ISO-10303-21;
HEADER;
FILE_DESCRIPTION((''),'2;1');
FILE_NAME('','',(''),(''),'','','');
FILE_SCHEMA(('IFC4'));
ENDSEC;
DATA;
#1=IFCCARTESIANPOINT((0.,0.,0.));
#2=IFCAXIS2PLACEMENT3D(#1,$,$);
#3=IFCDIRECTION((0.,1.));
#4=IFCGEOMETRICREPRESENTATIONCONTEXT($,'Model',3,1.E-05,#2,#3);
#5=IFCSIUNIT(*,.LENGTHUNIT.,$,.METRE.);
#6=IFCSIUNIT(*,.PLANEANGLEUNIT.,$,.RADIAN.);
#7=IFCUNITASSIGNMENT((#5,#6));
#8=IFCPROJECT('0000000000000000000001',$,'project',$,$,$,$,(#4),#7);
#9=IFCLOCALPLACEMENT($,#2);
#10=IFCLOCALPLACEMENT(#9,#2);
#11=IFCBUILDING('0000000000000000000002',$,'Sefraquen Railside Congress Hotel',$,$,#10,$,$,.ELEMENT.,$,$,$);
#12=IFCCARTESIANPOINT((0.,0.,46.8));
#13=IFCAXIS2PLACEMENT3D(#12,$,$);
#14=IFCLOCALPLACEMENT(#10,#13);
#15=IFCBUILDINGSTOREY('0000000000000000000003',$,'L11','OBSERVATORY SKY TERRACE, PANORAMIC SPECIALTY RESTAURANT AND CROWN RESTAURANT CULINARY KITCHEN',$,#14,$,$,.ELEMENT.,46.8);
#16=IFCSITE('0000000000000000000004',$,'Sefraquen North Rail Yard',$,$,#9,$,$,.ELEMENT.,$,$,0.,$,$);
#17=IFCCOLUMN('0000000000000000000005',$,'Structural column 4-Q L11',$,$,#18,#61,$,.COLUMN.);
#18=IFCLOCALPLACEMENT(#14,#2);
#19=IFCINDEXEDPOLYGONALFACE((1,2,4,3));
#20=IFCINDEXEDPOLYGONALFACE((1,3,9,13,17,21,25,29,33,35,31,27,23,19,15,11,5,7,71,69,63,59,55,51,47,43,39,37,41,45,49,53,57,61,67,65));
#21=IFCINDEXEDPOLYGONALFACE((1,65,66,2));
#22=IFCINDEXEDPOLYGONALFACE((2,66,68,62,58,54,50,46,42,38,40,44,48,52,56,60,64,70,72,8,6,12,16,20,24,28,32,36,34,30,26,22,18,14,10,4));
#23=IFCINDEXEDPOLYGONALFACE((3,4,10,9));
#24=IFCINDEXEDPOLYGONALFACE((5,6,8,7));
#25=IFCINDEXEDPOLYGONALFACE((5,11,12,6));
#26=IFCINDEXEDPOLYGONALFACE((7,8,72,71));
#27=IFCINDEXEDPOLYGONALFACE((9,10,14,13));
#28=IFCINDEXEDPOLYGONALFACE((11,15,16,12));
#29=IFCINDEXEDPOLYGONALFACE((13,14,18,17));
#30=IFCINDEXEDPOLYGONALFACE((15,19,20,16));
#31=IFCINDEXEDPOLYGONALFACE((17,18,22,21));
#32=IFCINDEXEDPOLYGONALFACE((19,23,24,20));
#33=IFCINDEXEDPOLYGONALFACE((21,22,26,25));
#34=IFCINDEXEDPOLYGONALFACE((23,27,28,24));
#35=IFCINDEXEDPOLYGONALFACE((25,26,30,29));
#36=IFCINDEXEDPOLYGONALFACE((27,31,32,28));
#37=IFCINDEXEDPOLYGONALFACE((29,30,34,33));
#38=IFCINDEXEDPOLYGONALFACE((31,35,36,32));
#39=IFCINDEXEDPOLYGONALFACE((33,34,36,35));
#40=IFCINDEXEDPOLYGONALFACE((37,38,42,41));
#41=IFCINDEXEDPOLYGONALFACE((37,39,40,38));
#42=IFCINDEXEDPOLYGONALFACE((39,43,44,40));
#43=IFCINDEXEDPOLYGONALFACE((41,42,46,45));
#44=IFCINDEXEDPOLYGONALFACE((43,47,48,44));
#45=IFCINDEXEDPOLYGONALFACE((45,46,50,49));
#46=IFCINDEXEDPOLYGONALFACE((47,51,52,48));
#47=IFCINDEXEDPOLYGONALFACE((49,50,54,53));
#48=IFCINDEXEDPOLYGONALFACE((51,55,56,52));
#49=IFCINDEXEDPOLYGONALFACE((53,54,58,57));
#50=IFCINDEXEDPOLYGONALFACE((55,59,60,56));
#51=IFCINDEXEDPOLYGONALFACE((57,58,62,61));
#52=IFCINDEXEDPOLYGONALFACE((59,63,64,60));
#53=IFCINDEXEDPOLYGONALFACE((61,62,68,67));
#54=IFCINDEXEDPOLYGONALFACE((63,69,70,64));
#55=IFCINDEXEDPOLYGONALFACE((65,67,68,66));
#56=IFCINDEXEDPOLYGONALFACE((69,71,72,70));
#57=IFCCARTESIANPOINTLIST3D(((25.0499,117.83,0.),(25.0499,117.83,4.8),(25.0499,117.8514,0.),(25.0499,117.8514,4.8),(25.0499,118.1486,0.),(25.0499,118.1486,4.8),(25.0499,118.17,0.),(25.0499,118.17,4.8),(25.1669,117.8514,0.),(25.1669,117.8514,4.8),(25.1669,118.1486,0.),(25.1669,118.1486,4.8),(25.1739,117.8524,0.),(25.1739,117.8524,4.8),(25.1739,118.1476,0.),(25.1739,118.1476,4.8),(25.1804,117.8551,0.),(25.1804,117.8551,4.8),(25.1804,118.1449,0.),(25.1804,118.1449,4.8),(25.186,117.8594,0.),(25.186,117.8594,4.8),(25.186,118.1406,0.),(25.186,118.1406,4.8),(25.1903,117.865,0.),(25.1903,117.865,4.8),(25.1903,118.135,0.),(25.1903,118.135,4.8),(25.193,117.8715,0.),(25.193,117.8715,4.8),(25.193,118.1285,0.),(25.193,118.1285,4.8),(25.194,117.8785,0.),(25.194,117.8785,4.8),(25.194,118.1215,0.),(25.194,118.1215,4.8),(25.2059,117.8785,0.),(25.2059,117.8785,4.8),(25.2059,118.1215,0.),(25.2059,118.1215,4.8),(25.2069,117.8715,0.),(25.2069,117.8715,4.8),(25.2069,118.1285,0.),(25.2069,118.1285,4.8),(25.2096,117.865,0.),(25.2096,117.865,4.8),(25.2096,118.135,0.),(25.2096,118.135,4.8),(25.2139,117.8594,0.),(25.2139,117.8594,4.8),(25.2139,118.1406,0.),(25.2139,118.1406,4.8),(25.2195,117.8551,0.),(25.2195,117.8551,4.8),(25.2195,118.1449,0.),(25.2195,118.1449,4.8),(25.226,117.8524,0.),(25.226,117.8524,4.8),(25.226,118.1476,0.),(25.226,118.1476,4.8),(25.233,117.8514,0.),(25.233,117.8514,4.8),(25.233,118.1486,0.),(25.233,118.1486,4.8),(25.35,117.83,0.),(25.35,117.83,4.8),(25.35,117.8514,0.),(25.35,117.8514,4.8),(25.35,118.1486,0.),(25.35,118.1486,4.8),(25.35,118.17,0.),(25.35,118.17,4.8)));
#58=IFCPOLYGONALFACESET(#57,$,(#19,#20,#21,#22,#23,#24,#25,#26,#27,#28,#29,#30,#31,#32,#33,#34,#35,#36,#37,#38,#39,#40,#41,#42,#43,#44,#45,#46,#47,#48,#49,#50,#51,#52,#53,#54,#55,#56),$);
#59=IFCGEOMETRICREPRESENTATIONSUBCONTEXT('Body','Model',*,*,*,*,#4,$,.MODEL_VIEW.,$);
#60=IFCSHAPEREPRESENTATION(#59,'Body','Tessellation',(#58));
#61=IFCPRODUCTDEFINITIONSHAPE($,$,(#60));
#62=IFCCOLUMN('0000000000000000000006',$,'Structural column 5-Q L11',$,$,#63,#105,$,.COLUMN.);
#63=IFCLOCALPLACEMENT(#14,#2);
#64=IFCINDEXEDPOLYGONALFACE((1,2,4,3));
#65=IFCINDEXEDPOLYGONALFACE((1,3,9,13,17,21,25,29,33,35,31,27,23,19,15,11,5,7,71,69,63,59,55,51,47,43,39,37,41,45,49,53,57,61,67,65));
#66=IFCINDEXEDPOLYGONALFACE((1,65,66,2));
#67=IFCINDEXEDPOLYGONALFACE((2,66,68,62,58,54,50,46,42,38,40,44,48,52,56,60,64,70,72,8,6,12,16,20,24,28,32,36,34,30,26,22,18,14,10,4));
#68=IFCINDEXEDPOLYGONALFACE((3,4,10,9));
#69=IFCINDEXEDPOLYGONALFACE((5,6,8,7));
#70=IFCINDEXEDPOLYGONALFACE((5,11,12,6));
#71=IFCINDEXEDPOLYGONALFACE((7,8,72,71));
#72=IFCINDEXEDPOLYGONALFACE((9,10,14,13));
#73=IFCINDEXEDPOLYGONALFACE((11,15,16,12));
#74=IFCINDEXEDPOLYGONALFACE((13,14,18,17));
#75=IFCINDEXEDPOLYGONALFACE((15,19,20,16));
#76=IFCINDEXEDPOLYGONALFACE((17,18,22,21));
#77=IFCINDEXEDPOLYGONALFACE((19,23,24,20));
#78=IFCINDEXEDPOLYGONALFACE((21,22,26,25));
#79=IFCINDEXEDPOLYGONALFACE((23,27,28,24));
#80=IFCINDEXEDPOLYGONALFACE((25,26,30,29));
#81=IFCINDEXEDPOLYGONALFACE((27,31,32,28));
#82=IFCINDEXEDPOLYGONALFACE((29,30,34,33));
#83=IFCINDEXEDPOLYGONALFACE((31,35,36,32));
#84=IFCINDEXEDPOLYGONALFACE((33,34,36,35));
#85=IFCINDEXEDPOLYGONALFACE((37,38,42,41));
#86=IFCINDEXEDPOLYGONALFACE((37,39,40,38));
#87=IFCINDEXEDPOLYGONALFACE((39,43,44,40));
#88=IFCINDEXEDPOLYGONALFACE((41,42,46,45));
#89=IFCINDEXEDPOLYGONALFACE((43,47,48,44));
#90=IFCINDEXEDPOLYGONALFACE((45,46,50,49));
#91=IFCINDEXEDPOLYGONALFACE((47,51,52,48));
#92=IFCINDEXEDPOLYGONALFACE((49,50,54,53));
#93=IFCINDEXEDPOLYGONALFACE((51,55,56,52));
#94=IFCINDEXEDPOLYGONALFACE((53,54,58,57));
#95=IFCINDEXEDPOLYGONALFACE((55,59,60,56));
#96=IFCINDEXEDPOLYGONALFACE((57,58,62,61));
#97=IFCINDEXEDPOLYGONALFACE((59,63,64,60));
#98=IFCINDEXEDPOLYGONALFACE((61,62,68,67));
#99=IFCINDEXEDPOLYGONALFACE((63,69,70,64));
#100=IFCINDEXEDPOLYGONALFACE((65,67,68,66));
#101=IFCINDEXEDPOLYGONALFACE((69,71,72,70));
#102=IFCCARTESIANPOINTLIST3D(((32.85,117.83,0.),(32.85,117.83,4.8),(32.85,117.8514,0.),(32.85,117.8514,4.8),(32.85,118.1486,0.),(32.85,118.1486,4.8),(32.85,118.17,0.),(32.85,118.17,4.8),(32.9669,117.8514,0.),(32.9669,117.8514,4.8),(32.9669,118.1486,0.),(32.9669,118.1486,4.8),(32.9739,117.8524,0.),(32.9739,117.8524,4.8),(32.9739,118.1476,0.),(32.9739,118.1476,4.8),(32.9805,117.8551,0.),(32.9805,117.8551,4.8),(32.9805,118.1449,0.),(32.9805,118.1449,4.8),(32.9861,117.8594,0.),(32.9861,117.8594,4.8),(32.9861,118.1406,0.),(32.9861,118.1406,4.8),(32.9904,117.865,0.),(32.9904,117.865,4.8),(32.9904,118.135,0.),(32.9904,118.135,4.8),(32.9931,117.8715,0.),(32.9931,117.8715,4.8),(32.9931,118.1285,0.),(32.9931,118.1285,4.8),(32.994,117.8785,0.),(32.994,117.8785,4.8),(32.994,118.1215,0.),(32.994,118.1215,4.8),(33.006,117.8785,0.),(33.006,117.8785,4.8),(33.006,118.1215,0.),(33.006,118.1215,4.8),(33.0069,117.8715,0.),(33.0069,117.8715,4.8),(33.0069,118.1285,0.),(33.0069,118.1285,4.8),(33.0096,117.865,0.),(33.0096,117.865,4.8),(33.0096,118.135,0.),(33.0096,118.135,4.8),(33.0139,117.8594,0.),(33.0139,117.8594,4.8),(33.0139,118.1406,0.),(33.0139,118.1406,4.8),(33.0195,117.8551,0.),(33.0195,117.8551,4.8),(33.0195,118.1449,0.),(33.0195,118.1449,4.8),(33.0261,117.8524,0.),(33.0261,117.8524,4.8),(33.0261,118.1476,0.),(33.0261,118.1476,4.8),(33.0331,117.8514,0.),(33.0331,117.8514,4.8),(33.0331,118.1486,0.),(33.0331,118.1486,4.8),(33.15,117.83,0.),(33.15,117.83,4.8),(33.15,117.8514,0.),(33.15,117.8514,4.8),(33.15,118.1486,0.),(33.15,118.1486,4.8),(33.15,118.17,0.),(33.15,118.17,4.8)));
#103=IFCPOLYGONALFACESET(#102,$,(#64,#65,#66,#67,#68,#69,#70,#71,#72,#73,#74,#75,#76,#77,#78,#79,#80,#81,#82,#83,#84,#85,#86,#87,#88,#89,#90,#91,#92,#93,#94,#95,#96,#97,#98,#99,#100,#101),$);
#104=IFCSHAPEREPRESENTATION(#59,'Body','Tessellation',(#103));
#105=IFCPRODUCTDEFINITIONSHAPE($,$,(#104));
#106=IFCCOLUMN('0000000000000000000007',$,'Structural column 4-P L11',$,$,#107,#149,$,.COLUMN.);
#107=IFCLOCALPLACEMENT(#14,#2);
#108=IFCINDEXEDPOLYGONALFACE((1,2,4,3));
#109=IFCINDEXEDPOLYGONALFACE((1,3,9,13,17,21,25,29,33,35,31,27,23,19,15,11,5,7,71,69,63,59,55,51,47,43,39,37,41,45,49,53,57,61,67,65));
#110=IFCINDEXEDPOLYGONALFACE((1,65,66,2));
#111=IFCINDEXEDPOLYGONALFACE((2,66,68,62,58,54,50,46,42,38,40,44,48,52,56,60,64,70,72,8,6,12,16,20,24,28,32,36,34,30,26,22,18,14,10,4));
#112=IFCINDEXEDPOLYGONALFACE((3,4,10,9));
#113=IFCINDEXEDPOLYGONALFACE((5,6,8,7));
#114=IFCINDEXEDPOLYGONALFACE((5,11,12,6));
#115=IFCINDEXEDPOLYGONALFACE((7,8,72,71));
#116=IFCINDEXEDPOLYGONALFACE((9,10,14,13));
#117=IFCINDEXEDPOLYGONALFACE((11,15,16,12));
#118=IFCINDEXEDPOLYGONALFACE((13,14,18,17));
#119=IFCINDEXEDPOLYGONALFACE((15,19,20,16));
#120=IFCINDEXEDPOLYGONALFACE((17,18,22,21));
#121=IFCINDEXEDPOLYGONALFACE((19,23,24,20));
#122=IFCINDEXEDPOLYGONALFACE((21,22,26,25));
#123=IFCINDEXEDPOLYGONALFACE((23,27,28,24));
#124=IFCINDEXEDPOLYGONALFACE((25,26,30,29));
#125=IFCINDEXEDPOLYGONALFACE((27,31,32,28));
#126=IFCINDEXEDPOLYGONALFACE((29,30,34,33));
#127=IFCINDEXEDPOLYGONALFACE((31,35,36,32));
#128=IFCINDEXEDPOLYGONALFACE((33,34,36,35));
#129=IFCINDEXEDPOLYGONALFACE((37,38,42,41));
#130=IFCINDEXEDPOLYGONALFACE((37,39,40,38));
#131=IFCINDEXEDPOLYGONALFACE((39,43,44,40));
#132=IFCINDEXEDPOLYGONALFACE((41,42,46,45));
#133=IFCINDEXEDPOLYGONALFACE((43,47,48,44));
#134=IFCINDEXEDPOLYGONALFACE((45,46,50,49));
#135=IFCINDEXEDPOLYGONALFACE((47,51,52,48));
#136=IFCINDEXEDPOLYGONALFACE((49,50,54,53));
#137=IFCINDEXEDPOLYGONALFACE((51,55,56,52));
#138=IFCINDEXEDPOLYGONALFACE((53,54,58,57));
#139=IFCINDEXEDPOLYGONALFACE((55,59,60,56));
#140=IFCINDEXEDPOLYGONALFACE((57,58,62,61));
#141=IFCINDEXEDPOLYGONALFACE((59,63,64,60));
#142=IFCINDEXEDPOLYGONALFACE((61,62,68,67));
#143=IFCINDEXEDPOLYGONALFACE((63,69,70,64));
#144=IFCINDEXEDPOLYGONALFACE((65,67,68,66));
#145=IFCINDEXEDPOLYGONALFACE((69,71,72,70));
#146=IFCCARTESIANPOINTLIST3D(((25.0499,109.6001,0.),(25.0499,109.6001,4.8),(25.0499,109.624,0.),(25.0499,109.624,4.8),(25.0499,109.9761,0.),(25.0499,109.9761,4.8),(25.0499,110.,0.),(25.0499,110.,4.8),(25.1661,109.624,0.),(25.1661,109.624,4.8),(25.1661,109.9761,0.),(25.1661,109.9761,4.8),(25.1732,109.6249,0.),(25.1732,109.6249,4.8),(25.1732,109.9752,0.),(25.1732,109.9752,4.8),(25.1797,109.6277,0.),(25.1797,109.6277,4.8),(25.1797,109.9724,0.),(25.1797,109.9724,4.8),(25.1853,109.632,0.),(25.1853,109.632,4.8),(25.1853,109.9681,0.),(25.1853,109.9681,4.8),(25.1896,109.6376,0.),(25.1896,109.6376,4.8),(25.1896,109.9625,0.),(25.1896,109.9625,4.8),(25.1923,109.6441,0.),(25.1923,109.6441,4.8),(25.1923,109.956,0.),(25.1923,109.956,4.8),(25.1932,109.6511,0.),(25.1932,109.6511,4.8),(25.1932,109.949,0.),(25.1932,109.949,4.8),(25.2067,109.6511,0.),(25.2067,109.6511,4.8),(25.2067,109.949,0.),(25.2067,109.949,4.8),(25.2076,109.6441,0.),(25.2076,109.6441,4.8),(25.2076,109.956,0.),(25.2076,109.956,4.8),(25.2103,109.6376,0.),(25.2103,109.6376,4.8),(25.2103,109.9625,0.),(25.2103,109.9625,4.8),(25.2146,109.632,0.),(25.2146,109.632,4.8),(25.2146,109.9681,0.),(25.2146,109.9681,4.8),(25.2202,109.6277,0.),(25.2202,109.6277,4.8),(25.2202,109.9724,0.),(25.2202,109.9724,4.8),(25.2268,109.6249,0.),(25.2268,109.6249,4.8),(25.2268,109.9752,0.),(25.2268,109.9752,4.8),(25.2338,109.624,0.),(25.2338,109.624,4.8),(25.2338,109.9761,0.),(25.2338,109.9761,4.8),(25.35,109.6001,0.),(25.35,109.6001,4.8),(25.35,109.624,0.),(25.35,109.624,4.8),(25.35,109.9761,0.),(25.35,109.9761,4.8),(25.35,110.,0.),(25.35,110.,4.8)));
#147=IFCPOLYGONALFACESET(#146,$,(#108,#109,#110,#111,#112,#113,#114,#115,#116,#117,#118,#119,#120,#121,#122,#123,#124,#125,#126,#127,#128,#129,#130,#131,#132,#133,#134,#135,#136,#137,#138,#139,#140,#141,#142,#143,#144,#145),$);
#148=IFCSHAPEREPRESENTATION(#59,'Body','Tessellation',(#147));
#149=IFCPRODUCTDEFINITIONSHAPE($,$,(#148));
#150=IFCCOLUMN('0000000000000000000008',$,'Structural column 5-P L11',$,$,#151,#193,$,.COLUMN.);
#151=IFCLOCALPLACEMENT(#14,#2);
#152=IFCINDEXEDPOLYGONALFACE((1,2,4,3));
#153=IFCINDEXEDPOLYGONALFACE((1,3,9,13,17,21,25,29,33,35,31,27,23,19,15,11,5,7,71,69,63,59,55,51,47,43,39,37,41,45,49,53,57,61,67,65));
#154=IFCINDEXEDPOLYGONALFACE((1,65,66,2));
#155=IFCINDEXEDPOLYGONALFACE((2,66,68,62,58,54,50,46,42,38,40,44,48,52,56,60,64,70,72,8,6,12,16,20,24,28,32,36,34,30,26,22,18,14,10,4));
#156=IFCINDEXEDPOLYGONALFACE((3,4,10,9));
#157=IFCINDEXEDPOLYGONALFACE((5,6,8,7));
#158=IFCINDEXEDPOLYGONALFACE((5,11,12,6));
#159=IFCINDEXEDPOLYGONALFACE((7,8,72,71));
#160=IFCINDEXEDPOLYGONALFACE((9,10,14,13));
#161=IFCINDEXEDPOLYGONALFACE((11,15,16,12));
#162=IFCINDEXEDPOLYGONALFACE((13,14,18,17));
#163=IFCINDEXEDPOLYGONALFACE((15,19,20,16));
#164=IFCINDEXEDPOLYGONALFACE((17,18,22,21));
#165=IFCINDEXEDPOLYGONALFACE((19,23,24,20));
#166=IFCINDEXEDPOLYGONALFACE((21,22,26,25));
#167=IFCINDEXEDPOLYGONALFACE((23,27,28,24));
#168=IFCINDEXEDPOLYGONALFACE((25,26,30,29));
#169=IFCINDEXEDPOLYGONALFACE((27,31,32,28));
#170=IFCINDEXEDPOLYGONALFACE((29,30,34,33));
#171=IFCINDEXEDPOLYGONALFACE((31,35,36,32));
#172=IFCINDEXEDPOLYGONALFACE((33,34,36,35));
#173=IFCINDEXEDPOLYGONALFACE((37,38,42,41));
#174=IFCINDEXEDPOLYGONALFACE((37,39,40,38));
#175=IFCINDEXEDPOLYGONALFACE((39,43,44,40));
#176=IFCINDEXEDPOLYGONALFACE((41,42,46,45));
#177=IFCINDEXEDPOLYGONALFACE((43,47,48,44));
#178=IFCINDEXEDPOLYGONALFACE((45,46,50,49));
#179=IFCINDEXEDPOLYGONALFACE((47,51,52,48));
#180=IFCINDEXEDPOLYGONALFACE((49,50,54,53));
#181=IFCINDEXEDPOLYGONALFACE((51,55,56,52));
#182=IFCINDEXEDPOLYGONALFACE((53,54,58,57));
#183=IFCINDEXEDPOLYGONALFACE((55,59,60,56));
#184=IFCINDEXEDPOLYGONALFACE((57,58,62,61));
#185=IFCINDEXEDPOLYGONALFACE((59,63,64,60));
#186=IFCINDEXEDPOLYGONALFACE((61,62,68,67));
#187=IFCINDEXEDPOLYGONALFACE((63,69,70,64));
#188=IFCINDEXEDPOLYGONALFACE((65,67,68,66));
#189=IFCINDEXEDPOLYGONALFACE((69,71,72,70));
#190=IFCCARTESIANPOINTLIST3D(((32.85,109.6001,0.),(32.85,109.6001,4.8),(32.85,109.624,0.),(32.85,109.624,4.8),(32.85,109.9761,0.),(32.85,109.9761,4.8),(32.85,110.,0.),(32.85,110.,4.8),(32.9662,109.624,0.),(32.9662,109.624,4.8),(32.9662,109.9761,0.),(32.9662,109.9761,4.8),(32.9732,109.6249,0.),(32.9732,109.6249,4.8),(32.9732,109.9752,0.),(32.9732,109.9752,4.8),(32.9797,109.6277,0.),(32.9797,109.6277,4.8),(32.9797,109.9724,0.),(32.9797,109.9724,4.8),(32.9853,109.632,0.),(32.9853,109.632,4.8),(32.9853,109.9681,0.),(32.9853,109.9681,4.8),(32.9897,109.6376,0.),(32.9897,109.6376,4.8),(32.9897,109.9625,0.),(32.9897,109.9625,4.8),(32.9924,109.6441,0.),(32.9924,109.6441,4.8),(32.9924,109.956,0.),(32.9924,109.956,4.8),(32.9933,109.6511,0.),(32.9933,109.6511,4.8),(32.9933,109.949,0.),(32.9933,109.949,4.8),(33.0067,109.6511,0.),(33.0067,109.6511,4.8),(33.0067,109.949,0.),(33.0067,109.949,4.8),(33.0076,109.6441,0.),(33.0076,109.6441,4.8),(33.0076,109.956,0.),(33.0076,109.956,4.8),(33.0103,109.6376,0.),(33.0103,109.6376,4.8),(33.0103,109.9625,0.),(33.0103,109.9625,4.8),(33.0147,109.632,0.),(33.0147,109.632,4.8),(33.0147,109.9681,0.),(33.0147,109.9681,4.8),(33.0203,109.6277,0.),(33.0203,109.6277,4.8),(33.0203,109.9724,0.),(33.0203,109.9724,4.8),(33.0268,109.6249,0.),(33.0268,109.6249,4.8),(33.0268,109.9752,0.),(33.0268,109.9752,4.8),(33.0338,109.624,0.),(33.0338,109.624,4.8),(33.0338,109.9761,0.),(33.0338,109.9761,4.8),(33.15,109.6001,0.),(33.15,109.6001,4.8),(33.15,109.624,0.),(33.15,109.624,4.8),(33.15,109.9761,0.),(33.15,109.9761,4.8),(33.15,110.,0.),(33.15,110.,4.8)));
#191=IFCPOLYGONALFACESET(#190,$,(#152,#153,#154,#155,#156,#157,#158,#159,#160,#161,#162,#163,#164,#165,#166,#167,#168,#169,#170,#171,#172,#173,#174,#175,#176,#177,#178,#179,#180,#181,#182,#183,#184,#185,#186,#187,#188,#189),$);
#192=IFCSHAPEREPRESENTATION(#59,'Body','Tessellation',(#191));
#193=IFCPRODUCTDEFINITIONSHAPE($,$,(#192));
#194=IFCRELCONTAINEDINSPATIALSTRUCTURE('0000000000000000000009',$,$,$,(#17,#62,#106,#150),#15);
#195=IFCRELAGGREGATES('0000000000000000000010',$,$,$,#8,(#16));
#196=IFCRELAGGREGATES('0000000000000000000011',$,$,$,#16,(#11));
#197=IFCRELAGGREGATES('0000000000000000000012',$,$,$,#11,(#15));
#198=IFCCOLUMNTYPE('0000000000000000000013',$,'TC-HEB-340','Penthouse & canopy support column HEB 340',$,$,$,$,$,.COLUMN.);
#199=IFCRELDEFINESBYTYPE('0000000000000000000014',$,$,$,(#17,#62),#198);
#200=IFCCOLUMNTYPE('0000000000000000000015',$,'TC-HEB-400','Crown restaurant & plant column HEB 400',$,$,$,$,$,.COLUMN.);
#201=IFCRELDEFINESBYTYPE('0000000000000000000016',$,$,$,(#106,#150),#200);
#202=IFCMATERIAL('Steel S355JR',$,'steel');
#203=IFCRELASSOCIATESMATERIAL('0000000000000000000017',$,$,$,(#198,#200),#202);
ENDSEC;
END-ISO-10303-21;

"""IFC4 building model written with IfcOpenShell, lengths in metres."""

from ifc_helpers import new_model, si_unit, direction, frame, origin, origin_2d, place, context, subcontext, project, spatial, i_section, extrude, material, material_profile, profile_set, type_object, element, save


model = new_model("IFC4")

# Units and contexts
model_context = context("Model", 3, precision=1e-05, world=origin(), true_north=direction((0.0, 1.0)))
body_context = subcontext(model_context, "Body", "Model", "MODEL_VIEW")
ifc_project = project(units=[si_unit("LENGTHUNIT", "METRE"), si_unit("PLANEANGLEUNIT", "RADIAN")], contexts=[model_context])

# Site, building, storey
site_placement = place(None, origin())
site = spatial("IfcSite", under=ifc_project, at=site_placement, Name="Sefraquen North Rail Yard", CompositionType="ELEMENT", RefElevation=0.0)
building_placement = place(site_placement, origin())
building = spatial("IfcBuilding", under=site, at=building_placement, Name="Sefraquen Railside Congress Hotel", CompositionType="ELEMENT")
storey_placement = place(building_placement, frame((0.0, 0.0, 46.8)))
storey = spatial("IfcBuildingStorey", under=building, at=storey_placement, Name="L11", Description="OBSERVATORY SKY TERRACE, PANORAMIC SPECIALTY RESTAURANT AND CROWN RESTAURANT CULINARY KITCHEN", CompositionType="ELEMENT", Elevation=46.8)

# Columns
ifc_material_1 = material(Name="Steel S355JR", Category="steel")
ifc_material_profile_1 = material_profile(ifc_material_1, i_section(OverallWidth=0.3, OverallDepth=0.3401, WebThickness=0.012, FlangeThickness=0.0215, FilletRadius=0.0271, at=origin_2d()), Name="HEB 340")
ifc_profile_set_1 = profile_set([ifc_material_profile_1], Name="Steel S355JR")
column_type_1 = type_object("IfcColumnType", Name="TC-HEB-340", Description="Penthouse & canopy support column HEB 340", PredefinedType="COLUMN", material=ifc_profile_set_1)
for number, where, z_axis, x_axis, name in (
    (1, (25.2, 118.0, 0.0), (0.0, 0.0, 1.0), (1.0, 0.0, 0.0), "Structural column 4-Q L11"),
    (2, (33.0, 118.0, 0.0), (0.0, 0.0, 1.0), (1.0, 0.0, 0.0), "Structural column 5-Q L11"),
):
    element("IfcColumn", number, at=place(storey_placement, frame(where, z_axis=z_axis, x_axis=x_axis)), inside=storey, type_object=column_type_1, Name=name, PredefinedType="COLUMN", context=body_context, shape_type="SweptSolid", body=[
        extrude(i_section(OverallWidth=0.3, OverallDepth=0.3401, WebThickness=0.012, FlangeThickness=0.0215, FilletRadius=0.0271, at=origin_2d()), origin(), (0.0, 0.0, 1.0), 4.8),
    ])
ifc_material_profile_2 = material_profile(ifc_material_1, i_section(OverallWidth=0.3, OverallDepth=0.3999, WebThickness=0.0134, FlangeThickness=0.0239, FilletRadius=0.0271, at=origin_2d()), Name="HEB 400")
ifc_profile_set_2 = profile_set([ifc_material_profile_2], Name="Steel S355JR")
column_type_2 = type_object("IfcColumnType", Name="TC-HEB-400", Description="Crown restaurant & plant column HEB 400", PredefinedType="COLUMN", material=ifc_profile_set_2)
for number, where, z_axis, x_axis, name in (
    (3, (25.2, 109.8, 0.0), (0.0, 0.0, 1.0), (1.0, 0.0, 0.0), "Structural column 4-P L11"),
    (4, (33.0, 109.8, 0.0), (0.0, 0.0, 1.0), (1.0, 0.0, 0.0), "Structural column 5-P L11"),
):
    element("IfcColumn", number, at=place(storey_placement, frame(where, z_axis=z_axis, x_axis=x_axis)), inside=storey, type_object=column_type_2, Name=name, PredefinedType="COLUMN", context=body_context, shape_type="SweptSolid", body=[
        extrude(i_section(OverallWidth=0.3, OverallDepth=0.3999, WebThickness=0.0134, FlangeThickness=0.0239, FilletRadius=0.0271, at=origin_2d()), origin(), (0.0, 0.0, 1.0), 4.8),
    ])

save(model, "model.ifc")
